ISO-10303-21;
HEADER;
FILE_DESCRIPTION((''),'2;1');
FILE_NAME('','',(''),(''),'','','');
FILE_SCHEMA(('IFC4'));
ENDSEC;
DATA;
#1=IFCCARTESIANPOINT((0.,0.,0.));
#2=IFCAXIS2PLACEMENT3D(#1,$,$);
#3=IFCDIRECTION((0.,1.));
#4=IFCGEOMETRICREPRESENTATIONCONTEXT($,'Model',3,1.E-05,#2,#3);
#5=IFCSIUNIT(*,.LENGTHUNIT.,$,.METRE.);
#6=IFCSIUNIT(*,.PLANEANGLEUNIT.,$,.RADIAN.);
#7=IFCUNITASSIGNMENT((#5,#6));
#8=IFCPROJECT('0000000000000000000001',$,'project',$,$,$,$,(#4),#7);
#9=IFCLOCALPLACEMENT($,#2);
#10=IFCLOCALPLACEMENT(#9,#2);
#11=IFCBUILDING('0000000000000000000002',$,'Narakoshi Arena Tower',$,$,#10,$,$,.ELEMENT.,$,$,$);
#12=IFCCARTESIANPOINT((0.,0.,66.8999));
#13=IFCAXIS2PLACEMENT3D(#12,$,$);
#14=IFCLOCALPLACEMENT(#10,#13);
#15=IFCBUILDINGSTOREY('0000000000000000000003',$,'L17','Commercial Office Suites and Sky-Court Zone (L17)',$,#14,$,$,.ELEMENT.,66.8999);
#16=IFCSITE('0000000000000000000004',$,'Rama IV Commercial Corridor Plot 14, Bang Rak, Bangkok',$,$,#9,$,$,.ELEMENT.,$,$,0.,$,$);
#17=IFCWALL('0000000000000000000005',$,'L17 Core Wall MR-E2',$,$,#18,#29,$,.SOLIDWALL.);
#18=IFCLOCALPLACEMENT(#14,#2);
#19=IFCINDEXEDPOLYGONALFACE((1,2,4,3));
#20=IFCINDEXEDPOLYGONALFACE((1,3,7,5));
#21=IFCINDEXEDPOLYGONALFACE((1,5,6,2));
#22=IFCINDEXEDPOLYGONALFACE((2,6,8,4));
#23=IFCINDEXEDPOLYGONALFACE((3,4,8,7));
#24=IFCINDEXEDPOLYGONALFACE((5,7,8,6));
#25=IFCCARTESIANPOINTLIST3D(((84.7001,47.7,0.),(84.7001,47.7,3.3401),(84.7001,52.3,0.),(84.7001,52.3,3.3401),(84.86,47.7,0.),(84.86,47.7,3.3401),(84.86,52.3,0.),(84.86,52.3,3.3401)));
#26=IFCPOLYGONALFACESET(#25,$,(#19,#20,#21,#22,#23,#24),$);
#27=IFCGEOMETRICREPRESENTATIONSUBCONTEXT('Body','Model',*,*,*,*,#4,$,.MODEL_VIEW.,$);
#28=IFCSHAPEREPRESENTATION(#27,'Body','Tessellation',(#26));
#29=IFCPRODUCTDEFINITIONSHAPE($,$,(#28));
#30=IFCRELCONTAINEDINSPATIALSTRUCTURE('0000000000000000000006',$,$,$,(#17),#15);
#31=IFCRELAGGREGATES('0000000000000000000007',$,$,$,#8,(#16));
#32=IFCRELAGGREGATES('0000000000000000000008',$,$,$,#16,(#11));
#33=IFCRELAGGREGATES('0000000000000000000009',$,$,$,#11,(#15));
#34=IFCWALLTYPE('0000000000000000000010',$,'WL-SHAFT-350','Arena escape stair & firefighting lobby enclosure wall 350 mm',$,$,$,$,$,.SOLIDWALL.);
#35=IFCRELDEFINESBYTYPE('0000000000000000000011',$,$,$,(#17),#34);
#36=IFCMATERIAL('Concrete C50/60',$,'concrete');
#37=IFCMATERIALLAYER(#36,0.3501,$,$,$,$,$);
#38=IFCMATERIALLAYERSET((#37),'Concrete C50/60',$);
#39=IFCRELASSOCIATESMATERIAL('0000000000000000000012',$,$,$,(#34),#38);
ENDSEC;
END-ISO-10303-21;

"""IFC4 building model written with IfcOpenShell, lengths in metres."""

from ifc_helpers import new_model, si_unit, direction, frame, frame_2d, origin, place, context, subcontext, project, spatial, rectangle, extrude, material, layer, layer_set, type_object, element, save


model = new_model("IFC4")

# Units and contexts
model_context = context("Model", 3, precision=1e-05, world=origin(), true_north=direction((0.0, 1.0)))
body_context = subcontext(model_context, "Body", "Model", "MODEL_VIEW")
ifc_project = project(units=[si_unit("LENGTHUNIT", "METRE"), si_unit("PLANEANGLEUNIT", "RADIAN")], contexts=[model_context])

# Site, building, storey
site_placement = place(None, origin())
site = spatial("IfcSite", under=ifc_project, at=site_placement, Name="Rama IV Commercial Corridor Plot 14, Bang Rak, Bangkok", CompositionType="ELEMENT", RefElevation=0.0)
building_placement = place(site_placement, origin())
building = spatial("IfcBuilding", under=site, at=building_placement, Name="Narakoshi Arena Tower", CompositionType="ELEMENT")
storey_placement = place(building_placement, frame((0.0, 0.0, 66.8999)))
storey = spatial("IfcBuildingStorey", under=building, at=storey_placement, Name="L17", Description="Commercial Office Suites and Sky-Court Zone (L17)", CompositionType="ELEMENT", Elevation=66.8999)

# Shared definitions
ifc_material_1 = material(Name="Concrete C50/60", Category="concrete")
ifc_layer_1 = layer(ifc_material_1, 0.3501)
ifc_layer_set_1 = layer_set([ifc_layer_1], Name="Concrete C50/60")
wall_type_1 = type_object("IfcWallType", Name="WL-SHAFT-350", Description="Arena escape stair & firefighting lobby enclosure wall 350 mm", PredefinedType="SOLIDWALL", material=ifc_layer_set_1)

# Wall
wall_1_placement = place(storey_placement, frame((84.78, 47.7, 0.0), z_axis=(0.0, 0.0, 1.0), x_axis=(0.0, 1.0, 0.0)))
element("IfcWall", 1, at=wall_1_placement, inside=storey, type_object=wall_type_1, Name="L17 Core Wall MR-E2", PredefinedType="SOLIDWALL", context=body_context, shape_type="SweptSolid", body=[
    extrude(rectangle(XDim=4.6001, YDim=0.1599, at=frame_2d((2.3, 0.0))), origin(), (0.0, 0.0, 1.0), 3.3401),
])

save(model, "model.ifc")
